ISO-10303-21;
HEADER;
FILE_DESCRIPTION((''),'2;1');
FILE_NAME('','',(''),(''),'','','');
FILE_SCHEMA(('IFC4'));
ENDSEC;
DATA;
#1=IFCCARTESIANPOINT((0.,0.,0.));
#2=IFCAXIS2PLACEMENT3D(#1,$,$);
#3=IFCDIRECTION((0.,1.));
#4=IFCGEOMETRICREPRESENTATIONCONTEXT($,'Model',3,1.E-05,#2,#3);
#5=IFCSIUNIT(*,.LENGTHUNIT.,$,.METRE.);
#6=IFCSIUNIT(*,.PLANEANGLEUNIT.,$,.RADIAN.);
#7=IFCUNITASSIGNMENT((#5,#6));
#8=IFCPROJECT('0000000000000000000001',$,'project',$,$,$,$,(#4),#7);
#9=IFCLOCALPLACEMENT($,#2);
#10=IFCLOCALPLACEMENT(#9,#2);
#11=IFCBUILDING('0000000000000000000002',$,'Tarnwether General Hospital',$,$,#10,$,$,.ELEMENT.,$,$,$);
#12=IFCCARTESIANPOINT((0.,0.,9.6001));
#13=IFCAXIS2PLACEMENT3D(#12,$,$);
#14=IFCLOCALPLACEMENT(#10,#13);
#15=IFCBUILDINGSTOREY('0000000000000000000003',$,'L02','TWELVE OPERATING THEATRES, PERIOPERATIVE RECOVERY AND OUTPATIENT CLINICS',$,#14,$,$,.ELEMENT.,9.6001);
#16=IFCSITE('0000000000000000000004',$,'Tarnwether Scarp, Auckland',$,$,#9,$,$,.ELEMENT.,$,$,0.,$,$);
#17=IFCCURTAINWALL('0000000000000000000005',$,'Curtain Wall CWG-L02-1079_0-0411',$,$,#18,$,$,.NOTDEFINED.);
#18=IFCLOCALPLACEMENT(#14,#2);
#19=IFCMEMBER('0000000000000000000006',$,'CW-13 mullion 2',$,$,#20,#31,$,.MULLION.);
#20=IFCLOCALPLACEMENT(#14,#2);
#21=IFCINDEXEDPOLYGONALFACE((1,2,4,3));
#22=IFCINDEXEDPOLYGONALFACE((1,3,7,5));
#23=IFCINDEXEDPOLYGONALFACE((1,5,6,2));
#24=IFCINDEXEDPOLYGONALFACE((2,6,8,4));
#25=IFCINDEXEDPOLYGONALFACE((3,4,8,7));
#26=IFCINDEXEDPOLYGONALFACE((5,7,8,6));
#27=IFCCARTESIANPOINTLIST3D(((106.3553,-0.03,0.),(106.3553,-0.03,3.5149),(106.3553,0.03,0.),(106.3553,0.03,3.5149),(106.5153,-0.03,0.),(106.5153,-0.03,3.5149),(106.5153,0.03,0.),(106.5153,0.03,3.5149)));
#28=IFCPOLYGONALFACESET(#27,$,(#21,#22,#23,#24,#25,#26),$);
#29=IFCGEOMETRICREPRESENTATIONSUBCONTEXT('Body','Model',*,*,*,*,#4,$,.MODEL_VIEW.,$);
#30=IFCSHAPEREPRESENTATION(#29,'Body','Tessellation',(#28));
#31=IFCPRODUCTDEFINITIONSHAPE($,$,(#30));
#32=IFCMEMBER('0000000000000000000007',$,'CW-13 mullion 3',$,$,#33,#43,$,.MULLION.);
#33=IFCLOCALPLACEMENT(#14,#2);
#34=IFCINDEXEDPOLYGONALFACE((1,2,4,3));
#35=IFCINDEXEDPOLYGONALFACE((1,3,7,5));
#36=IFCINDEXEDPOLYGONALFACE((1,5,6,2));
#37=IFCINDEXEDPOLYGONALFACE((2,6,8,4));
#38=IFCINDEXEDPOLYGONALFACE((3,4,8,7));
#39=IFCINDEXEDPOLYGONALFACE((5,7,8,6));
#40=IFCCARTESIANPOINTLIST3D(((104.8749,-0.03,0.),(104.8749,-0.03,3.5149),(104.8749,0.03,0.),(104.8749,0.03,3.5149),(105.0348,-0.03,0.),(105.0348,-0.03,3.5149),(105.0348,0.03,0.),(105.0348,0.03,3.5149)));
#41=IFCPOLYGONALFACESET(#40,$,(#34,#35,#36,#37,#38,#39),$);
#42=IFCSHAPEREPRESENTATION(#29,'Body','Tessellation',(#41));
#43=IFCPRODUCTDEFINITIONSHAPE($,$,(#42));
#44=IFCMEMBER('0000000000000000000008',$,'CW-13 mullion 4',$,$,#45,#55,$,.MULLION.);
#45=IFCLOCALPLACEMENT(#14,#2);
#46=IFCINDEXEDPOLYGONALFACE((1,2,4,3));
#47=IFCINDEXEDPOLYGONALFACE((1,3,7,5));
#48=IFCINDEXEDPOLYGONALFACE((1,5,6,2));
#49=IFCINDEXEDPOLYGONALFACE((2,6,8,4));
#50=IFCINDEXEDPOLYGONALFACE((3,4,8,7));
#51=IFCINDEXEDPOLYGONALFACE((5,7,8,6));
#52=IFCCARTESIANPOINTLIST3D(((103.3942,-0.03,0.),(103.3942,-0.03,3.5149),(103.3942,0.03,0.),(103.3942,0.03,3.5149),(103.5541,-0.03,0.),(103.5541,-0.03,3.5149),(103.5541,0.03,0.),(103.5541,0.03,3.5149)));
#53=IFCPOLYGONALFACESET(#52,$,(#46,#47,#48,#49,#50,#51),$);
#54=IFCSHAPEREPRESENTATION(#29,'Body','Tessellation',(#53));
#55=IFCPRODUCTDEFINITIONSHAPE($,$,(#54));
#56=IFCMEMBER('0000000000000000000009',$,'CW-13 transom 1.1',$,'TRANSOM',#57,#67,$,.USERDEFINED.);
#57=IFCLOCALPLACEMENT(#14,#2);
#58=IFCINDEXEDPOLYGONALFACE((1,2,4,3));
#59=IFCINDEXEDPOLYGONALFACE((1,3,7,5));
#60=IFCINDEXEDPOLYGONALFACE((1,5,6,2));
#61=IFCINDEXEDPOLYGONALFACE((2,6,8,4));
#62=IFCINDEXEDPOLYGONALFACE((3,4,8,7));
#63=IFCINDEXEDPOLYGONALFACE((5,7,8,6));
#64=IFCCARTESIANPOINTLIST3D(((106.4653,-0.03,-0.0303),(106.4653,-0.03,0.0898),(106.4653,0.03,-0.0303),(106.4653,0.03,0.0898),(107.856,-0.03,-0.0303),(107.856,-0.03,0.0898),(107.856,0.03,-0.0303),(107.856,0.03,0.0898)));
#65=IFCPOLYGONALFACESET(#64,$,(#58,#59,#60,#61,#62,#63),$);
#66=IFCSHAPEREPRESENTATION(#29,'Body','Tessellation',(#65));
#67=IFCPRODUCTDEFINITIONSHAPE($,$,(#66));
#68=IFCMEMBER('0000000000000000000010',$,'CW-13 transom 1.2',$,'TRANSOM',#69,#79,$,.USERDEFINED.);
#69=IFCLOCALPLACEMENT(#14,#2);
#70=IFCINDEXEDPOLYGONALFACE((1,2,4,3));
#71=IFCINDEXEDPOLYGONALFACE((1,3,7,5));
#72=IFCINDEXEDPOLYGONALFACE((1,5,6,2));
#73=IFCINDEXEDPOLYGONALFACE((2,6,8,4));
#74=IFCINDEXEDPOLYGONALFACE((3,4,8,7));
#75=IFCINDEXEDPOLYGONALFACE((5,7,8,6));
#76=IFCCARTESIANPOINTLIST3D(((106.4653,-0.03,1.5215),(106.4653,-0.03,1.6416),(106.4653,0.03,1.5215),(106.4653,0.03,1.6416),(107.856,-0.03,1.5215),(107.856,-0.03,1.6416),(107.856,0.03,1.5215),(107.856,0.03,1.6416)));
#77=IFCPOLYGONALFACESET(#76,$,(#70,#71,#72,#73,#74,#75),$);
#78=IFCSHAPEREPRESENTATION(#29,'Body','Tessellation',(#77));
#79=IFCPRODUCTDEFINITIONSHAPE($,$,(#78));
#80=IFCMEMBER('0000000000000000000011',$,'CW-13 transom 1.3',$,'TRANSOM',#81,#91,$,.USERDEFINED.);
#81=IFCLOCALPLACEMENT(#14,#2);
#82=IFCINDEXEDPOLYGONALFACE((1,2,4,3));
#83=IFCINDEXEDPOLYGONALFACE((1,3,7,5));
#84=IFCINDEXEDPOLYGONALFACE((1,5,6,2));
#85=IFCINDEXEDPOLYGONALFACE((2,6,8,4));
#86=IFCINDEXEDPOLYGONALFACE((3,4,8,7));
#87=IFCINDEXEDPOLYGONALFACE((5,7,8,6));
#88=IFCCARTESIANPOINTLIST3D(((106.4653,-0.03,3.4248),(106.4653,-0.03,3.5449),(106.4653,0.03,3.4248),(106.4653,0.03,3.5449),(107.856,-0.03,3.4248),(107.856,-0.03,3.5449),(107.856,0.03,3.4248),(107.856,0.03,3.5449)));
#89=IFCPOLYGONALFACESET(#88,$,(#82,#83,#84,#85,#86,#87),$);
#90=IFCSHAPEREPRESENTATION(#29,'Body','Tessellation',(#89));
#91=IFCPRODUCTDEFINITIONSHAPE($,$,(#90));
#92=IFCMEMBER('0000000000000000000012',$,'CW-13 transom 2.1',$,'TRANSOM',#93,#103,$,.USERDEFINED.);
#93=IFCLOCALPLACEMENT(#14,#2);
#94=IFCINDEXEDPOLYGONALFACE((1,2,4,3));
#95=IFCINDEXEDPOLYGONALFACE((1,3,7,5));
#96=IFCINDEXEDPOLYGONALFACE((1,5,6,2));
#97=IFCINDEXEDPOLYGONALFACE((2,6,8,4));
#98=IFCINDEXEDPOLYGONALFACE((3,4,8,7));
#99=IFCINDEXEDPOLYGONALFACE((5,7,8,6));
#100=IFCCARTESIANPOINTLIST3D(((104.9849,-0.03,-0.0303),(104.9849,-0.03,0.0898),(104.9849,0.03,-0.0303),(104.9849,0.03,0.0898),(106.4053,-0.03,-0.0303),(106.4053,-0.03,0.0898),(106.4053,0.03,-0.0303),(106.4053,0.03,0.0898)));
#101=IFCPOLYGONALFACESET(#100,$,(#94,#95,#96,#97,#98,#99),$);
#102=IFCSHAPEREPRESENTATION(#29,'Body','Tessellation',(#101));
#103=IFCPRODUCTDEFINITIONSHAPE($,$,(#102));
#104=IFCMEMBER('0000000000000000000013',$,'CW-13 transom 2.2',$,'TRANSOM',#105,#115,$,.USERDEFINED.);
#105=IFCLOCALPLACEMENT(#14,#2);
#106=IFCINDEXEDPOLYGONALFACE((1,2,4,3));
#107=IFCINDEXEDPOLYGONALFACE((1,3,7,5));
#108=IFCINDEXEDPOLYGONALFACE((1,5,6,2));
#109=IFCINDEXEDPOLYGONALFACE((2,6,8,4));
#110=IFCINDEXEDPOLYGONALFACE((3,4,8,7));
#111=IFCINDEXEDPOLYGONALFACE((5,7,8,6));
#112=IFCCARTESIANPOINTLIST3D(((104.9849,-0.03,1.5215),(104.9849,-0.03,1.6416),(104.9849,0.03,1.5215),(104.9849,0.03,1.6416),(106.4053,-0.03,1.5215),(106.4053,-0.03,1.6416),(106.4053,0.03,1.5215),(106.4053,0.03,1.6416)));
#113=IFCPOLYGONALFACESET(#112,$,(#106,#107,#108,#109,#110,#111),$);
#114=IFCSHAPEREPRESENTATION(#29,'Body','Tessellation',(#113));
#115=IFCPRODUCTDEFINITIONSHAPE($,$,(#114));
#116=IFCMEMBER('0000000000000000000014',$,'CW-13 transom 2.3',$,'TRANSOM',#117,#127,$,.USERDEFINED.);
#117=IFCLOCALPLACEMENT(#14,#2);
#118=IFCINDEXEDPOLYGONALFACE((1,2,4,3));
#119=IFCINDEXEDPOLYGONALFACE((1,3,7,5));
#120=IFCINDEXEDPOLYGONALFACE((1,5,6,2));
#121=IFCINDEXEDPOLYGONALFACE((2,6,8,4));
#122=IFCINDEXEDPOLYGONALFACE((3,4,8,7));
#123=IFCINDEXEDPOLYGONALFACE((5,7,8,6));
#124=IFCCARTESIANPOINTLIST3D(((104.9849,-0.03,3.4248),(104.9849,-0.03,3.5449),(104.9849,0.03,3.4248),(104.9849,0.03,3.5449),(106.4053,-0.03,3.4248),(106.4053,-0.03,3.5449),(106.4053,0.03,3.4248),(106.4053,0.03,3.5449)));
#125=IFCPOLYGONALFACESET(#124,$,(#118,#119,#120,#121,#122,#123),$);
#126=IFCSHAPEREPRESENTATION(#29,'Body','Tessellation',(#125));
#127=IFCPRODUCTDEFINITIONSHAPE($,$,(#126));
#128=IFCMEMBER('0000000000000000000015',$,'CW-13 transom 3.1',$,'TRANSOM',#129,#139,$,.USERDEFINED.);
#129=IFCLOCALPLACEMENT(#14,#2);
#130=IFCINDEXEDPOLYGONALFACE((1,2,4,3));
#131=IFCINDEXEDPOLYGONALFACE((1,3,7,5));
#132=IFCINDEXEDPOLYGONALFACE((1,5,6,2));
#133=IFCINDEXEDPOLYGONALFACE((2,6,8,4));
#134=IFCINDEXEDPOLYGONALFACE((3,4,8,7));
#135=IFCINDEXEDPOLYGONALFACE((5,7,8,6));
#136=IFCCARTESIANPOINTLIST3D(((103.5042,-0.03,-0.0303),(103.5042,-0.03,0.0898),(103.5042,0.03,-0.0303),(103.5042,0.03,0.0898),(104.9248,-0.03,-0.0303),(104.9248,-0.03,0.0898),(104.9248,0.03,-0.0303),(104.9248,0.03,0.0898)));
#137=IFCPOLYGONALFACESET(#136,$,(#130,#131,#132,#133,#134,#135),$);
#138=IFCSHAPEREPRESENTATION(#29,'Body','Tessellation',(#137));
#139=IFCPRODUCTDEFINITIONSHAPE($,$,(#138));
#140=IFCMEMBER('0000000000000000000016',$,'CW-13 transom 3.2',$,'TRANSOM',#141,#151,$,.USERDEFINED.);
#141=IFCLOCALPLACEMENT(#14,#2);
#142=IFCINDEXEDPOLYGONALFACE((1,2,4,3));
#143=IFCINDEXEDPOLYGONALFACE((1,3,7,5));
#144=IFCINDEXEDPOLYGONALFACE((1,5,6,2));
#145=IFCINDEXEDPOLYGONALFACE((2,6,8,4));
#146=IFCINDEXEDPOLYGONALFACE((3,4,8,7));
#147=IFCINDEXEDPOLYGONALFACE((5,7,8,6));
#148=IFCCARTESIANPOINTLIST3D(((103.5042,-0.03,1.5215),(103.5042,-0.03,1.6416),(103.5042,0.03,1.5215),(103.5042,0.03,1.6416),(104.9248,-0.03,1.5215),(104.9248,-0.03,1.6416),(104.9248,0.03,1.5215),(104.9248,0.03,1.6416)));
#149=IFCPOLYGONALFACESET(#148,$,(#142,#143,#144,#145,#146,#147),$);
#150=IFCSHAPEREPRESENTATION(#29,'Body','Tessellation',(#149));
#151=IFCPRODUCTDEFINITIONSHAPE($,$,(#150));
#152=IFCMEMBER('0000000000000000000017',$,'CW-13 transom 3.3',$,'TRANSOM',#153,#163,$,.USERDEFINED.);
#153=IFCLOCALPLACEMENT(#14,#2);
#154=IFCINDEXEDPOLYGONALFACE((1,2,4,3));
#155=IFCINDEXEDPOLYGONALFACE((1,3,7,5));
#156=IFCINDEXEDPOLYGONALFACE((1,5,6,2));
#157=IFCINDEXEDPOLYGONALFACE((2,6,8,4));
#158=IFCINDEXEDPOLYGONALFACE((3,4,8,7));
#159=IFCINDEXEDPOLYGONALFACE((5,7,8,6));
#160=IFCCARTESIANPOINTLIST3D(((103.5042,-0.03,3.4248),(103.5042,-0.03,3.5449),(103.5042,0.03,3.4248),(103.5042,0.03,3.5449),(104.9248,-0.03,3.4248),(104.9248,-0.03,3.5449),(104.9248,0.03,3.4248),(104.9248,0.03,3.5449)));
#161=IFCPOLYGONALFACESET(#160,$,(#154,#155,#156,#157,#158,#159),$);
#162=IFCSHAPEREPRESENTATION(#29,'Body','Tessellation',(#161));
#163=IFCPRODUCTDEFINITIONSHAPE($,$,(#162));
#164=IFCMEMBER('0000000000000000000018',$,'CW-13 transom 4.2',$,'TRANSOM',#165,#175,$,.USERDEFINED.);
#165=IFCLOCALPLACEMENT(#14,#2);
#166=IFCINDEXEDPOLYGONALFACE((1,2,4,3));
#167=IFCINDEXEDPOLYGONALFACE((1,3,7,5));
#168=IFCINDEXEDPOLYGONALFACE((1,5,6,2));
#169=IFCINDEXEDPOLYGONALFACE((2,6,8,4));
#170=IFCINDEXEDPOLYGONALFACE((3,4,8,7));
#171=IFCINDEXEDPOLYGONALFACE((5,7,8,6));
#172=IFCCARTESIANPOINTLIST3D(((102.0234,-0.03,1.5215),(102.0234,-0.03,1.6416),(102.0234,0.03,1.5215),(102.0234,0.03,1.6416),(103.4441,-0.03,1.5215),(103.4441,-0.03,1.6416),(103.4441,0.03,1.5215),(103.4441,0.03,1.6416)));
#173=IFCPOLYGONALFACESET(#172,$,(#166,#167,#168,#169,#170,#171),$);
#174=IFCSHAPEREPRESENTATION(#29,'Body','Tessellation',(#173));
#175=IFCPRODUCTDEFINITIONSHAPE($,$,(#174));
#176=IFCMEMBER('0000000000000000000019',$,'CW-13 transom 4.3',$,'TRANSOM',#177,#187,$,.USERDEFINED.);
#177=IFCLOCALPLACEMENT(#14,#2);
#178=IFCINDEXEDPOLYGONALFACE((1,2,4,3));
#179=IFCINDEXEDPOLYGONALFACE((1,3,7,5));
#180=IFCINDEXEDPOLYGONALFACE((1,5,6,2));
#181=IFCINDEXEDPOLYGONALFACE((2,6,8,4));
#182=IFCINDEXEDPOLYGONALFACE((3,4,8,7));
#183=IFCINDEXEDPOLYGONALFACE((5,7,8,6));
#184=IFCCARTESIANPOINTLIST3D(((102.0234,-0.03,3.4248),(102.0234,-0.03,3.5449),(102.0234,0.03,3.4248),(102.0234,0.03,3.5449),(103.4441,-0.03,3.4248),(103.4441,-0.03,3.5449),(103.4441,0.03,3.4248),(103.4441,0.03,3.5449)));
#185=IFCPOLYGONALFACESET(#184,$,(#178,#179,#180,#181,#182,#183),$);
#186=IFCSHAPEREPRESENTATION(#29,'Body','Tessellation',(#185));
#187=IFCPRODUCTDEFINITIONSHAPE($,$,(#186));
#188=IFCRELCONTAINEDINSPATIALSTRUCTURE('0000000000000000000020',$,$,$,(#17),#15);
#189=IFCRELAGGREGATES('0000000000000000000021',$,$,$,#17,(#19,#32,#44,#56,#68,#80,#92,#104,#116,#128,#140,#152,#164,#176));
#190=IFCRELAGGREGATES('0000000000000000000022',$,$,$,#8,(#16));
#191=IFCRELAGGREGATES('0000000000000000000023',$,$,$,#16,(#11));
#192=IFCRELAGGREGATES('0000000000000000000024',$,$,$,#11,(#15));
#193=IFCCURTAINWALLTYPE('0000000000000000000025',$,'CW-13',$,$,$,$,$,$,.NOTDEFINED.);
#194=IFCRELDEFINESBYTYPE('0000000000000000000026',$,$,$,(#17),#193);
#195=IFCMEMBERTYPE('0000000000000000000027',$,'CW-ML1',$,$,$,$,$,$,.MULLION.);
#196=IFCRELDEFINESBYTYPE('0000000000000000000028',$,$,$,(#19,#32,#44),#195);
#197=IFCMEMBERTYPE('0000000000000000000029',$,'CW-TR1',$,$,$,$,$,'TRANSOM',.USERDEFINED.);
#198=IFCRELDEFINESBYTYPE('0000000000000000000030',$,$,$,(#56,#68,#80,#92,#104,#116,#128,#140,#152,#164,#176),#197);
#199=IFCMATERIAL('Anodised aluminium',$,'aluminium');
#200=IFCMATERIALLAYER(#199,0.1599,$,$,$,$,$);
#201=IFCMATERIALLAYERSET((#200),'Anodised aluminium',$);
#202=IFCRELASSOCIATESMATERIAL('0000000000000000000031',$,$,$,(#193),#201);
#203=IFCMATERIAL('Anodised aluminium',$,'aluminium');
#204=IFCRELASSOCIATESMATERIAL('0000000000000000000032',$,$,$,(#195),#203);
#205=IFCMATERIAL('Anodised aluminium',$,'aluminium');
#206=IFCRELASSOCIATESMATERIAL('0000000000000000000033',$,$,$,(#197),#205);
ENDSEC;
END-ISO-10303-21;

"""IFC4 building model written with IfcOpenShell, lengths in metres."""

from ifc_helpers import new_model, si_unit, direction, frame, origin, origin_2d, place, context, subcontext, project, spatial, rectangle, extrude, material, layer, layer_set, material_profile, profile_set, type_object, element, aggregate, save


model = new_model("IFC4")

# Units and contexts
model_context = context("Model", 3, precision=1e-05, world=origin(), true_north=direction((0.0, 1.0)))
body_context = subcontext(model_context, "Body", "Model", "MODEL_VIEW")
ifc_project = project(units=[si_unit("LENGTHUNIT", "METRE"), si_unit("PLANEANGLEUNIT", "RADIAN")], contexts=[model_context])

# Site, building, storey
site_placement = place(None, origin())
site = spatial("IfcSite", under=ifc_project, at=site_placement, Name="Tarnwether Scarp, Auckland", CompositionType="ELEMENT", RefElevation=0.0)
building_placement = place(site_placement, origin())
building = spatial("IfcBuilding", under=site, at=building_placement, Name="Tarnwether General Hospital", CompositionType="ELEMENT")
storey_placement = place(building_placement, frame((0.0, 0.0, 9.6001)))
storey = spatial("IfcBuildingStorey", under=building, at=storey_placement, Name="L02", Description="TWELVE OPERATING THEATRES, PERIOPERATIVE RECOVERY AND OUTPATIENT CLINICS", CompositionType="ELEMENT", Elevation=9.6001)

# Curtain wall, members
ifc_material_1 = material(Name="Anodised aluminium", Category="aluminium")
ifc_layer_1 = layer(ifc_material_1, 0.1599)
ifc_layer_set_1 = layer_set([ifc_layer_1], Name="Anodised aluminium")
curtain_wall_type = type_object("IfcCurtainWallType", Name="CW-13", PredefinedType="NOTDEFINED", material=ifc_layer_set_1)
curtain_wall_placement = place(storey_placement, origin())
curtain_wall = element("IfcCurtainWall", 1, at=curtain_wall_placement, inside=storey, type_object=curtain_wall_type, Name="Curtain Wall CWG-L02-1079_0-0411", PredefinedType="NOTDEFINED")
ifc_material_2 = material(Name="Anodised aluminium", Category="aluminium")
ifc_material_profile_1 = material_profile(ifc_material_2, rectangle(XDim=0.0601, YDim=0.1599, at=origin_2d()), Name="ALU-MUL-60x160")
ifc_profile_set_1 = profile_set([ifc_material_profile_1], Name="Anodised aluminium")
member_type_1 = type_object("IfcMemberType", Name="CW-ML1", PredefinedType="MULLION", material=ifc_profile_set_1)
member_1_placement = place(storey_placement, frame((106.4353, 0.0, 0.0), z_axis=(0.0, 0.0, 1.0), x_axis=(0.0, -1.0, 0.0)))
member_1 = element("IfcMember", 2, at=member_1_placement, type_object=member_type_1, Name="CW-13 mullion 2", PredefinedType="MULLION", context=body_context, shape_type="SweptSolid", body=[
    extrude(rectangle(XDim=0.0601, YDim=0.1599, at=origin_2d()), origin(), (0.0, 0.0, 1.0), 3.5149),
])
member_2_placement = place(storey_placement, frame((104.9548, 0.0, 0.0), z_axis=(0.0, 0.0, 1.0), x_axis=(0.0, -1.0, 0.0)))
member_2 = element("IfcMember", 3, at=member_2_placement, type_object=member_type_1, Name="CW-13 mullion 3", PredefinedType="MULLION", context=body_context, shape_type="SweptSolid", body=[
    extrude(rectangle(XDim=0.0601, YDim=0.1599, at=origin_2d()), origin(), (0.0, 0.0, 1.0), 3.5149),
])
member_3_placement = place(storey_placement, frame((103.4741, 0.0, 0.0), z_axis=(0.0, 0.0, 1.0), x_axis=(0.0, -1.0, 0.0)))
member_3 = element("IfcMember", 4, at=member_3_placement, type_object=member_type_1, Name="CW-13 mullion 4", PredefinedType="MULLION", context=body_context, shape_type="SweptSolid", body=[
    extrude(rectangle(XDim=0.0601, YDim=0.1599, at=origin_2d()), origin(), (0.0, 0.0, 1.0), 3.5149),
])
ifc_material_3 = material(Name="Anodised aluminium", Category="aluminium")
ifc_material_profile_2 = material_profile(ifc_material_3, rectangle(XDim=0.0601, YDim=0.1201, at=origin_2d()), Name="ALU-TRN-60x120")
ifc_profile_set_2 = profile_set([ifc_material_profile_2], Name="Anodised aluminium")
member_type_2 = type_object("IfcMemberType", Name="CW-TR1", ElementType="TRANSOM", PredefinedType="USERDEFINED", material=ifc_profile_set_2)
member_4_placement = place(storey_placement, frame((107.856, 0.0, 0.0298), z_axis=(-1.0, 0.0, 0.0), x_axis=(0.0, -1.0, 0.0)))
member_4 = element("IfcMember", 5, at=member_4_placement, type_object=member_type_2, Name="CW-13 transom 1.1", ObjectType="TRANSOM", PredefinedType="USERDEFINED", context=body_context, shape_type="SweptSolid", body=[
    extrude(rectangle(XDim=0.0601, YDim=0.1201, at=origin_2d()), origin(), (0.0, 0.0, 1.0), 1.3906),
])
member_5_placement = place(storey_placement, frame((107.856, 0.0, 1.5815), z_axis=(-1.0, 0.0, 0.0), x_axis=(0.0, -1.0, 0.0)))
member_5 = element("IfcMember", 6, at=member_5_placement, type_object=member_type_2, Name="CW-13 transom 1.2", ObjectType="TRANSOM", PredefinedType="USERDEFINED", context=body_context, shape_type="SweptSolid", body=[
    extrude(rectangle(XDim=0.0601, YDim=0.1201, at=origin_2d()), origin(), (0.0, 0.0, 1.0), 1.3906),
])
member_6_placement = place(storey_placement, frame((107.856, 0.0, 3.4849), z_axis=(-1.0, 0.0, 0.0), x_axis=(0.0, -1.0, 0.0)))
member_6 = element("IfcMember", 7, at=member_6_placement, type_object=member_type_2, Name="CW-13 transom 1.3", ObjectType="TRANSOM", PredefinedType="USERDEFINED", context=body_context, shape_type="SweptSolid", body=[
    extrude(rectangle(XDim=0.0601, YDim=0.1201, at=origin_2d()), origin(), (0.0, 0.0, 1.0), 1.3906),
])
member_7_placement = place(storey_placement, frame((106.4053, 0.0, 0.0298), z_axis=(-1.0, 0.0, 0.0), x_axis=(0.0, -1.0, 0.0)))
member_7 = element("IfcMember", 8, at=member_7_placement, type_object=member_type_2, Name="CW-13 transom 2.1", ObjectType="TRANSOM", PredefinedType="USERDEFINED", context=body_context, shape_type="SweptSolid", body=[
    extrude(rectangle(XDim=0.0601, YDim=0.1201, at=origin_2d()), origin(), (0.0, 0.0, 1.0), 1.4204),
])
member_8_placement = place(storey_placement, frame((106.4053, 0.0, 1.5815), z_axis=(-1.0, 0.0, 0.0), x_axis=(0.0, -1.0, 0.0)))
member_8 = element("IfcMember", 9, at=member_8_placement, type_object=member_type_2, Name="CW-13 transom 2.2", ObjectType="TRANSOM", PredefinedType="USERDEFINED", context=body_context, shape_type="SweptSolid", body=[
    extrude(rectangle(XDim=0.0601, YDim=0.1201, at=origin_2d()), origin(), (0.0, 0.0, 1.0), 1.4204),
])
member_9_placement = place(storey_placement, frame((106.4053, 0.0, 3.4849), z_axis=(-1.0, 0.0, 0.0), x_axis=(0.0, -1.0, 0.0)))
member_9 = element("IfcMember", 10, at=member_9_placement, type_object=member_type_2, Name="CW-13 transom 2.3", ObjectType="TRANSOM", PredefinedType="USERDEFINED", context=body_context, shape_type="SweptSolid", body=[
    extrude(rectangle(XDim=0.0601, YDim=0.1201, at=origin_2d()), origin(), (0.0, 0.0, 1.0), 1.4204),
])
member_10_placement = place(storey_placement, frame((104.9248, 0.0, 0.0298), z_axis=(-1.0, 0.0, 0.0), x_axis=(0.0, -1.0, 0.0)))
member_10 = element("IfcMember", 11, at=member_10_placement, type_object=member_type_2, Name="CW-13 transom 3.1", ObjectType="TRANSOM", PredefinedType="USERDEFINED", context=body_context, shape_type="SweptSolid", body=[
    extrude(rectangle(XDim=0.0601, YDim=0.1201, at=origin_2d()), origin(), (0.0, 0.0, 1.0), 1.4207),
])
member_11_placement = place(storey_placement, frame((104.9248, 0.0, 1.5815), z_axis=(-1.0, 0.0, 0.0), x_axis=(0.0, -1.0, 0.0)))
member_11 = element("IfcMember", 12, at=member_11_placement, type_object=member_type_2, Name="CW-13 transom 3.2", ObjectType="TRANSOM", PredefinedType="USERDEFINED", context=body_context, shape_type="SweptSolid", body=[
    extrude(rectangle(XDim=0.0601, YDim=0.1201, at=origin_2d()), origin(), (0.0, 0.0, 1.0), 1.4207),
])
member_12_placement = place(storey_placement, frame((104.9248, 0.0, 3.4849), z_axis=(-1.0, 0.0, 0.0), x_axis=(0.0, -1.0, 0.0)))
member_12 = element("IfcMember", 13, at=member_12_placement, type_object=member_type_2, Name="CW-13 transom 3.3", ObjectType="TRANSOM", PredefinedType="USERDEFINED", context=body_context, shape_type="SweptSolid", body=[
    extrude(rectangle(XDim=0.0601, YDim=0.1201, at=origin_2d()), origin(), (0.0, 0.0, 1.0), 1.4207),
])
member_13_placement = place(storey_placement, frame((103.4441, 0.0, 1.5815), z_axis=(-1.0, 0.0, 0.0), x_axis=(0.0, -1.0, 0.0)))
member_13 = element("IfcMember", 14, at=member_13_placement, type_object=member_type_2, Name="CW-13 transom 4.2", ObjectType="TRANSOM", PredefinedType="USERDEFINED", context=body_context, shape_type="SweptSolid", body=[
    extrude(rectangle(XDim=0.0601, YDim=0.1201, at=origin_2d()), origin(), (0.0, 0.0, 1.0), 1.4207),
])
member_14_placement = place(storey_placement, frame((103.4441, 0.0, 3.4849), z_axis=(-1.0, 0.0, 0.0), x_axis=(0.0, -1.0, 0.0)))
member_14 = element("IfcMember", 15, at=member_14_placement, type_object=member_type_2, Name="CW-13 transom 4.3", ObjectType="TRANSOM", PredefinedType="USERDEFINED", context=body_context, shape_type="SweptSolid", body=[
    extrude(rectangle(XDim=0.0601, YDim=0.1201, at=origin_2d()), origin(), (0.0, 0.0, 1.0), 1.4207),
])
aggregate(curtain_wall, [member_1, member_2, member_3, member_4, member_5, member_6, member_7, member_8, member_9, member_10, member_11, member_12, member_13, member_14])

save(model, "model.ifc")
